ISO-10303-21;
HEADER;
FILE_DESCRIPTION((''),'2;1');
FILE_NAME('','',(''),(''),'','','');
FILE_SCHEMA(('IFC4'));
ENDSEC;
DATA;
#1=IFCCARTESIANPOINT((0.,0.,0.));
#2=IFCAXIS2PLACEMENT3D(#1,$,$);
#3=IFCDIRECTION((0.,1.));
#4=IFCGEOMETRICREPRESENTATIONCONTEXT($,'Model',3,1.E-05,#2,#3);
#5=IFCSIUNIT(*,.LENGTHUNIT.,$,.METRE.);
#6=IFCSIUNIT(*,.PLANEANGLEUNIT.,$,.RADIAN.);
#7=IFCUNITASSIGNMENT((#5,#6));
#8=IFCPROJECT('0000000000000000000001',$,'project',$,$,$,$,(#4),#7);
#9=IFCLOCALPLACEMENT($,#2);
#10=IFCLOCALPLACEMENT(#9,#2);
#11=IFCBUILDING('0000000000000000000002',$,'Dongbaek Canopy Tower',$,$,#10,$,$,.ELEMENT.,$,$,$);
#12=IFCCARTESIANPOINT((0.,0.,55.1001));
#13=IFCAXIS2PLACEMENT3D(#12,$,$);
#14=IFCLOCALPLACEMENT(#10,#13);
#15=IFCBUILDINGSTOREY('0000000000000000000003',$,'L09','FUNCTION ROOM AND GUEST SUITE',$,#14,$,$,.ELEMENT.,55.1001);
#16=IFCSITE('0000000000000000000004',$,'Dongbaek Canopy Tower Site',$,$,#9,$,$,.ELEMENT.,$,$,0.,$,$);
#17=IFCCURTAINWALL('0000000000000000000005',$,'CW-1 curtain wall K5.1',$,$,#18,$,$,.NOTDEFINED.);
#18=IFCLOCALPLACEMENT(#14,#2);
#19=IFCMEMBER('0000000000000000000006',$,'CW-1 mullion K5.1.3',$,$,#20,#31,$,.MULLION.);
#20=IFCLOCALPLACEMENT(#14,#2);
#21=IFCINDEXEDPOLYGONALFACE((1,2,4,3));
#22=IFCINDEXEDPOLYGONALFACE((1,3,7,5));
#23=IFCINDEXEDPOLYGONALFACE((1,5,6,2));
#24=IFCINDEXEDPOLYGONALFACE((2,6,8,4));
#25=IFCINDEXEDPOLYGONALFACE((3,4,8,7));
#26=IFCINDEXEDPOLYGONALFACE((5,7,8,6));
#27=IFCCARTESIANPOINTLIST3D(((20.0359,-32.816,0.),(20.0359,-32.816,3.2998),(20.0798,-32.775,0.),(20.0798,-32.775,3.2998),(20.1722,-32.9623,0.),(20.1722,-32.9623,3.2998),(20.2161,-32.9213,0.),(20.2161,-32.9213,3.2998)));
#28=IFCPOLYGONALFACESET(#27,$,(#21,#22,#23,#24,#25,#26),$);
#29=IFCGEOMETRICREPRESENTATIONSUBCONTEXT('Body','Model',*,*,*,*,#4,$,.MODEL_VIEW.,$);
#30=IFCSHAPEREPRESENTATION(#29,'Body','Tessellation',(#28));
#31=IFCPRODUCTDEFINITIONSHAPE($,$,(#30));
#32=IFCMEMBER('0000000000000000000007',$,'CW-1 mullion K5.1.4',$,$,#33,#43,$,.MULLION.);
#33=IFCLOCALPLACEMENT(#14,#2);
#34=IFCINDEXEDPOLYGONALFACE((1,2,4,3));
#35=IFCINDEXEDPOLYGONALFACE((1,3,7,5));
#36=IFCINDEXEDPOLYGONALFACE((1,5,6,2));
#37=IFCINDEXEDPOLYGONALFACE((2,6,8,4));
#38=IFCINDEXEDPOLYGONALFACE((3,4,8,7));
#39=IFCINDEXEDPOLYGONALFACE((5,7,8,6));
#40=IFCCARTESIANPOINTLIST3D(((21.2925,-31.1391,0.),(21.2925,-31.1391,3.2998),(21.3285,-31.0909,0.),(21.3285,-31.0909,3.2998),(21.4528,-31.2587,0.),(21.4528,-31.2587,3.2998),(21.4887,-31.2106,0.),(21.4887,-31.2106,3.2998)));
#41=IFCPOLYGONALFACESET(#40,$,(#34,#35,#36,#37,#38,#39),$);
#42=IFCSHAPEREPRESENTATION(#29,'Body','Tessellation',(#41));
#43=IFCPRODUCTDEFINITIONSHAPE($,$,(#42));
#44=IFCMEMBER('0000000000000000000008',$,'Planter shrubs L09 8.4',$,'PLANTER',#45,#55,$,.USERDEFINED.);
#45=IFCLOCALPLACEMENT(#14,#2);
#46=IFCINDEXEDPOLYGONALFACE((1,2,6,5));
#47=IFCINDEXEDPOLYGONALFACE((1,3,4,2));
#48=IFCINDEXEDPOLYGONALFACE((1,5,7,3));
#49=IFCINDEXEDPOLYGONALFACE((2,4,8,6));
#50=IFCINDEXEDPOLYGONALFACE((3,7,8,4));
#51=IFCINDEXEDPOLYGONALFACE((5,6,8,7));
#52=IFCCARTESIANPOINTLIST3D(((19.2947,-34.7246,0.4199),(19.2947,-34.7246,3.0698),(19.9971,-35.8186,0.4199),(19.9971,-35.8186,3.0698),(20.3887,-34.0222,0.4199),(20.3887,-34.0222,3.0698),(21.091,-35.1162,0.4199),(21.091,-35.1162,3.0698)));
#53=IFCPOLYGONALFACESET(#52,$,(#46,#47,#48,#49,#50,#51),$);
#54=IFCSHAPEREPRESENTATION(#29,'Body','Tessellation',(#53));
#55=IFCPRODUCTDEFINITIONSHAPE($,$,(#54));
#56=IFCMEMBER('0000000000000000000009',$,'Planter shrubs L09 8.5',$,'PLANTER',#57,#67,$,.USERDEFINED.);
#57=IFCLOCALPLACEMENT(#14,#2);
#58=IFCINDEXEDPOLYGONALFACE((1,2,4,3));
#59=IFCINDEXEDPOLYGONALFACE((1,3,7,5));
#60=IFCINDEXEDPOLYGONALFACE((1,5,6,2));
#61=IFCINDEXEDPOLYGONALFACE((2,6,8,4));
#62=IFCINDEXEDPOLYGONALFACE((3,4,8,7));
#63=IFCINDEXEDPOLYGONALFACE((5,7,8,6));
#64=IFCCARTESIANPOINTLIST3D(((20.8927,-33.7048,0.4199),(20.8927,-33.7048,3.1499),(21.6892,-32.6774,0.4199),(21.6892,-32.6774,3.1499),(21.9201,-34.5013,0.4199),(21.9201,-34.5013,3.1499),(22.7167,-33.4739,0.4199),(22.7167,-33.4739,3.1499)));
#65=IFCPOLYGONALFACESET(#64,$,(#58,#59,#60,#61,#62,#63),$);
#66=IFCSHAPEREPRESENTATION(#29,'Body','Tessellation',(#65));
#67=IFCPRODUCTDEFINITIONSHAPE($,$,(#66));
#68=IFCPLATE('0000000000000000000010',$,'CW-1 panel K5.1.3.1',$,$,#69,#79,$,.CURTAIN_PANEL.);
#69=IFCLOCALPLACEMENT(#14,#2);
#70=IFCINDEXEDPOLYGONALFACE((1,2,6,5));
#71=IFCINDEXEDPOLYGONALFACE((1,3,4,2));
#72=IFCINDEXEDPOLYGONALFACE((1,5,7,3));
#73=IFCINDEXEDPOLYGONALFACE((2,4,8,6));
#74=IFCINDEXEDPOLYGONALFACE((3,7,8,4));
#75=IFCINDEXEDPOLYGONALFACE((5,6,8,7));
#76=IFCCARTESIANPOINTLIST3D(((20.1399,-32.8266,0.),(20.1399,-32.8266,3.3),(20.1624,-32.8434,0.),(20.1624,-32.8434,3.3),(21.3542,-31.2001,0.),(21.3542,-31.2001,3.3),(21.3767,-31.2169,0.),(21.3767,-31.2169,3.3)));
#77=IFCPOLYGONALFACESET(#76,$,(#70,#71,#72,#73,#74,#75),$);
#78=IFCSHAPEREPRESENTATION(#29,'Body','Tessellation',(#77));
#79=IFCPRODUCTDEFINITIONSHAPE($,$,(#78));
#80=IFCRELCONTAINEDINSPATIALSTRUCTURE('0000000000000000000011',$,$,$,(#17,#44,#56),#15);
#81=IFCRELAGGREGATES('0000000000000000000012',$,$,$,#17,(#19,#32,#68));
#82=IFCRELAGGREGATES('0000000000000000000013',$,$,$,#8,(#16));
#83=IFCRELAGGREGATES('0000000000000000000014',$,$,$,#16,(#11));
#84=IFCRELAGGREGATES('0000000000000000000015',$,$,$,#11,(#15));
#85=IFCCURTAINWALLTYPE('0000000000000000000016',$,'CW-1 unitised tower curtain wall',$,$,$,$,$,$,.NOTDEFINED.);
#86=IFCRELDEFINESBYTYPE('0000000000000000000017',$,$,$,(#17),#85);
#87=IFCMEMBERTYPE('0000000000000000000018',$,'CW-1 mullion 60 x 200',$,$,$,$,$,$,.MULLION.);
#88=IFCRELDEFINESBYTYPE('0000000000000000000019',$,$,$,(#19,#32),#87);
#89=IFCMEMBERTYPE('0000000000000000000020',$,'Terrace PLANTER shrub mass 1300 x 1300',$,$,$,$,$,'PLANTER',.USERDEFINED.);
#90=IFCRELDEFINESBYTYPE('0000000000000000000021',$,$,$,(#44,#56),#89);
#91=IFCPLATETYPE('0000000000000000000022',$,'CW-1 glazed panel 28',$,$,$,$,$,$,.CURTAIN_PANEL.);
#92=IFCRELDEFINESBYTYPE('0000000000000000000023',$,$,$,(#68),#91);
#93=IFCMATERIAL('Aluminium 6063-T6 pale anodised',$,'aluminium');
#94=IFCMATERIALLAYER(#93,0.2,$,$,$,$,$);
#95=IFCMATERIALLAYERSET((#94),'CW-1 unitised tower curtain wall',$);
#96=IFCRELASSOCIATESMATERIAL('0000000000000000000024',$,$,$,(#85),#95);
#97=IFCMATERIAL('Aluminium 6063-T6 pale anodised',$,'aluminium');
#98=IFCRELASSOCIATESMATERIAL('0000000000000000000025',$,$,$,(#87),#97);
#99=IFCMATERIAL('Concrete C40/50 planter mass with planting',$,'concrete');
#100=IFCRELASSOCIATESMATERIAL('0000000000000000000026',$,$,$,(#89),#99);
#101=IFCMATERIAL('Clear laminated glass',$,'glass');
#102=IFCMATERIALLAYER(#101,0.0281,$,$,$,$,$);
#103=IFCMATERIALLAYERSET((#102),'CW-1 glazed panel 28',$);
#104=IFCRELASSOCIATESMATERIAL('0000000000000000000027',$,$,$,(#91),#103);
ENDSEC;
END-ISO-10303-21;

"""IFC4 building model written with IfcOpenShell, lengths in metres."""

from ifc_helpers import new_model, si_unit, direction, frame, origin, origin_2d, place, context, subcontext, project, spatial, rectangle, extrude, material, layer, layer_set, material_profile, profile_set, type_object, element, aggregate, save


model = new_model("IFC4")

# Units and contexts
model_context = context("Model", 3, precision=1e-05, world=origin(), true_north=direction((0.0, 1.0)))
body_context = subcontext(model_context, "Body", "Model", "MODEL_VIEW")
ifc_project = project(units=[si_unit("LENGTHUNIT", "METRE"), si_unit("PLANEANGLEUNIT", "RADIAN")], contexts=[model_context])

# Site, building, storey
site_placement = place(None, origin())
site = spatial("IfcSite", under=ifc_project, at=site_placement, Name="Dongbaek Canopy Tower Site", CompositionType="ELEMENT", RefElevation=0.0)
building_placement = place(site_placement, origin())
building = spatial("IfcBuilding", under=site, at=building_placement, Name="Dongbaek Canopy Tower", CompositionType="ELEMENT")
storey_placement = place(building_placement, frame((0.0, 0.0, 55.1001)))
storey = spatial("IfcBuildingStorey", under=building, at=storey_placement, Name="L09", Description="FUNCTION ROOM AND GUEST SUITE", CompositionType="ELEMENT", Elevation=55.1001)

# Curtain wall, members
ifc_material_1 = material(Name="Aluminium 6063-T6 pale anodised", Category="aluminium")
ifc_layer_1 = layer(ifc_material_1, 0.2)
ifc_layer_set_1 = layer_set([ifc_layer_1], Name="CW-1 unitised tower curtain wall")
curtain_wall_type = type_object("IfcCurtainWallType", Name="CW-1 unitised tower curtain wall", PredefinedType="NOTDEFINED", material=ifc_layer_set_1)
curtain_wall_placement = place(storey_placement, origin())
curtain_wall = element("IfcCurtainWall", 1, at=curtain_wall_placement, inside=storey, type_object=curtain_wall_type, Name="CW-1 curtain wall K5.1", PredefinedType="NOTDEFINED")
ifc_material_2 = material(Name="Aluminium 6063-T6 pale anodised", Category="aluminium")
ifc_material_profile_1 = material_profile(ifc_material_2, rectangle(XDim=0.2, YDim=0.0601, at=origin_2d()), Name="CW-1 mullion 60 x 200")
ifc_profile_set_1 = profile_set([ifc_material_profile_1], Name="Aluminium 6063-T6 pale anodised")
member_type_1 = type_object("IfcMemberType", Name="CW-1 mullion 60 x 200", PredefinedType="MULLION", material=ifc_profile_set_1)
member_1_placement = place(storey_placement, frame((20.126, -32.8687, 0.0), z_axis=(0.0, 0.0, 1.0), x_axis=(0.681732, -0.731602, 0.0)))
member_1 = element("IfcMember", 2, at=member_1_placement, type_object=member_type_1, Name="CW-1 mullion K5.1.3", PredefinedType="MULLION", context=body_context, shape_type="SweptSolid", body=[
    extrude(rectangle(XDim=0.2, YDim=0.0601, at=origin_2d()), origin(), (0.0, 0.0, 1.0), 3.2998),
])
member_2_placement = place(storey_placement, frame((21.3906, -31.1748, 0.0), z_axis=(0.0, 0.0, 1.0), x_axis=(0.801318, -0.598238, 0.0)))
member_2 = element("IfcMember", 3, at=member_2_placement, type_object=member_type_1, Name="CW-1 mullion K5.1.4", PredefinedType="MULLION", context=body_context, shape_type="SweptSolid", body=[
    extrude(rectangle(XDim=0.2, YDim=0.0601, at=origin_2d()), origin(), (0.0, 0.0, 1.0), 3.2998),
])

# Members
ifc_material_3 = material(Name="Concrete C40/50 planter mass with planting", Category="concrete")
ifc_material_profile_2 = material_profile(ifc_material_3, rectangle(XDim=1.3, YDim=1.3, at=origin_2d()), Name="Terrace PLANTER shrub mass 1300 x 1300")
ifc_profile_set_2 = profile_set([ifc_material_profile_2], Name="Concrete C40/50 planter mass with planting")
member_type_2 = type_object("IfcMemberType", Name="Terrace PLANTER shrub mass 1300 x 1300", ElementType="PLANTER", PredefinedType="USERDEFINED", material=ifc_profile_set_2)
member_3_placement = place(storey_placement, frame((20.1929, -34.9204, 0.4199), z_axis=(0.0, 0.0, 1.0), x_axis=(0.54027, -0.841492, 0.0)))
element("IfcMember", 4, at=member_3_placement, inside=storey, type_object=member_type_2, Name="Planter shrubs L09 8.4", ObjectType="PLANTER", PredefinedType="USERDEFINED", context=body_context, shape_type="SweptSolid", body=[
    extrude(rectangle(XDim=1.3, YDim=1.3, at=origin_2d()), origin(), (0.0, 0.0, 1.0), 2.6499),
])
member_4_placement = place(storey_placement, frame((21.8047, -33.5894, 0.4199), z_axis=(0.0, 0.0, 1.0), x_axis=(0.79032, -0.612695, 0.0)))
element("IfcMember", 5, at=member_4_placement, inside=storey, type_object=member_type_2, Name="Planter shrubs L09 8.5", ObjectType="PLANTER", PredefinedType="USERDEFINED", context=body_context, shape_type="SweptSolid", body=[
    extrude(rectangle(XDim=1.3, YDim=1.3, at=origin_2d()), origin(), (0.0, 0.0, 1.0), 2.73),
])

# Plate
ifc_material_4 = material(Name="Clear laminated glass", Category="glass")
ifc_layer_2 = layer(ifc_material_4, 0.0281)
ifc_layer_set_2 = layer_set([ifc_layer_2], Name="CW-1 glazed panel 28")
plate_type = type_object("IfcPlateType", Name="CW-1 glazed panel 28", PredefinedType="CURTAIN_PANEL", material=ifc_layer_set_2)
plate_placement = place(storey_placement, frame((20.7583, -32.0217, 0.0), z_axis=(0.0, 0.0, 1.0), x_axis=(0.598238, 0.801318, 0.0)))
plate = element("IfcPlate", 6, at=plate_placement, type_object=plate_type, Name="CW-1 panel K5.1.3.1", PredefinedType="CURTAIN_PANEL", context=body_context, shape_type="SweptSolid", body=[
    extrude(rectangle(XDim=2.0298, YDim=0.0281, at=origin_2d()), origin(), (0.0, 0.0, 1.0), 3.3),
])
aggregate(curtain_wall, [member_1, member_2, plate])

save(model, "model.ifc")
